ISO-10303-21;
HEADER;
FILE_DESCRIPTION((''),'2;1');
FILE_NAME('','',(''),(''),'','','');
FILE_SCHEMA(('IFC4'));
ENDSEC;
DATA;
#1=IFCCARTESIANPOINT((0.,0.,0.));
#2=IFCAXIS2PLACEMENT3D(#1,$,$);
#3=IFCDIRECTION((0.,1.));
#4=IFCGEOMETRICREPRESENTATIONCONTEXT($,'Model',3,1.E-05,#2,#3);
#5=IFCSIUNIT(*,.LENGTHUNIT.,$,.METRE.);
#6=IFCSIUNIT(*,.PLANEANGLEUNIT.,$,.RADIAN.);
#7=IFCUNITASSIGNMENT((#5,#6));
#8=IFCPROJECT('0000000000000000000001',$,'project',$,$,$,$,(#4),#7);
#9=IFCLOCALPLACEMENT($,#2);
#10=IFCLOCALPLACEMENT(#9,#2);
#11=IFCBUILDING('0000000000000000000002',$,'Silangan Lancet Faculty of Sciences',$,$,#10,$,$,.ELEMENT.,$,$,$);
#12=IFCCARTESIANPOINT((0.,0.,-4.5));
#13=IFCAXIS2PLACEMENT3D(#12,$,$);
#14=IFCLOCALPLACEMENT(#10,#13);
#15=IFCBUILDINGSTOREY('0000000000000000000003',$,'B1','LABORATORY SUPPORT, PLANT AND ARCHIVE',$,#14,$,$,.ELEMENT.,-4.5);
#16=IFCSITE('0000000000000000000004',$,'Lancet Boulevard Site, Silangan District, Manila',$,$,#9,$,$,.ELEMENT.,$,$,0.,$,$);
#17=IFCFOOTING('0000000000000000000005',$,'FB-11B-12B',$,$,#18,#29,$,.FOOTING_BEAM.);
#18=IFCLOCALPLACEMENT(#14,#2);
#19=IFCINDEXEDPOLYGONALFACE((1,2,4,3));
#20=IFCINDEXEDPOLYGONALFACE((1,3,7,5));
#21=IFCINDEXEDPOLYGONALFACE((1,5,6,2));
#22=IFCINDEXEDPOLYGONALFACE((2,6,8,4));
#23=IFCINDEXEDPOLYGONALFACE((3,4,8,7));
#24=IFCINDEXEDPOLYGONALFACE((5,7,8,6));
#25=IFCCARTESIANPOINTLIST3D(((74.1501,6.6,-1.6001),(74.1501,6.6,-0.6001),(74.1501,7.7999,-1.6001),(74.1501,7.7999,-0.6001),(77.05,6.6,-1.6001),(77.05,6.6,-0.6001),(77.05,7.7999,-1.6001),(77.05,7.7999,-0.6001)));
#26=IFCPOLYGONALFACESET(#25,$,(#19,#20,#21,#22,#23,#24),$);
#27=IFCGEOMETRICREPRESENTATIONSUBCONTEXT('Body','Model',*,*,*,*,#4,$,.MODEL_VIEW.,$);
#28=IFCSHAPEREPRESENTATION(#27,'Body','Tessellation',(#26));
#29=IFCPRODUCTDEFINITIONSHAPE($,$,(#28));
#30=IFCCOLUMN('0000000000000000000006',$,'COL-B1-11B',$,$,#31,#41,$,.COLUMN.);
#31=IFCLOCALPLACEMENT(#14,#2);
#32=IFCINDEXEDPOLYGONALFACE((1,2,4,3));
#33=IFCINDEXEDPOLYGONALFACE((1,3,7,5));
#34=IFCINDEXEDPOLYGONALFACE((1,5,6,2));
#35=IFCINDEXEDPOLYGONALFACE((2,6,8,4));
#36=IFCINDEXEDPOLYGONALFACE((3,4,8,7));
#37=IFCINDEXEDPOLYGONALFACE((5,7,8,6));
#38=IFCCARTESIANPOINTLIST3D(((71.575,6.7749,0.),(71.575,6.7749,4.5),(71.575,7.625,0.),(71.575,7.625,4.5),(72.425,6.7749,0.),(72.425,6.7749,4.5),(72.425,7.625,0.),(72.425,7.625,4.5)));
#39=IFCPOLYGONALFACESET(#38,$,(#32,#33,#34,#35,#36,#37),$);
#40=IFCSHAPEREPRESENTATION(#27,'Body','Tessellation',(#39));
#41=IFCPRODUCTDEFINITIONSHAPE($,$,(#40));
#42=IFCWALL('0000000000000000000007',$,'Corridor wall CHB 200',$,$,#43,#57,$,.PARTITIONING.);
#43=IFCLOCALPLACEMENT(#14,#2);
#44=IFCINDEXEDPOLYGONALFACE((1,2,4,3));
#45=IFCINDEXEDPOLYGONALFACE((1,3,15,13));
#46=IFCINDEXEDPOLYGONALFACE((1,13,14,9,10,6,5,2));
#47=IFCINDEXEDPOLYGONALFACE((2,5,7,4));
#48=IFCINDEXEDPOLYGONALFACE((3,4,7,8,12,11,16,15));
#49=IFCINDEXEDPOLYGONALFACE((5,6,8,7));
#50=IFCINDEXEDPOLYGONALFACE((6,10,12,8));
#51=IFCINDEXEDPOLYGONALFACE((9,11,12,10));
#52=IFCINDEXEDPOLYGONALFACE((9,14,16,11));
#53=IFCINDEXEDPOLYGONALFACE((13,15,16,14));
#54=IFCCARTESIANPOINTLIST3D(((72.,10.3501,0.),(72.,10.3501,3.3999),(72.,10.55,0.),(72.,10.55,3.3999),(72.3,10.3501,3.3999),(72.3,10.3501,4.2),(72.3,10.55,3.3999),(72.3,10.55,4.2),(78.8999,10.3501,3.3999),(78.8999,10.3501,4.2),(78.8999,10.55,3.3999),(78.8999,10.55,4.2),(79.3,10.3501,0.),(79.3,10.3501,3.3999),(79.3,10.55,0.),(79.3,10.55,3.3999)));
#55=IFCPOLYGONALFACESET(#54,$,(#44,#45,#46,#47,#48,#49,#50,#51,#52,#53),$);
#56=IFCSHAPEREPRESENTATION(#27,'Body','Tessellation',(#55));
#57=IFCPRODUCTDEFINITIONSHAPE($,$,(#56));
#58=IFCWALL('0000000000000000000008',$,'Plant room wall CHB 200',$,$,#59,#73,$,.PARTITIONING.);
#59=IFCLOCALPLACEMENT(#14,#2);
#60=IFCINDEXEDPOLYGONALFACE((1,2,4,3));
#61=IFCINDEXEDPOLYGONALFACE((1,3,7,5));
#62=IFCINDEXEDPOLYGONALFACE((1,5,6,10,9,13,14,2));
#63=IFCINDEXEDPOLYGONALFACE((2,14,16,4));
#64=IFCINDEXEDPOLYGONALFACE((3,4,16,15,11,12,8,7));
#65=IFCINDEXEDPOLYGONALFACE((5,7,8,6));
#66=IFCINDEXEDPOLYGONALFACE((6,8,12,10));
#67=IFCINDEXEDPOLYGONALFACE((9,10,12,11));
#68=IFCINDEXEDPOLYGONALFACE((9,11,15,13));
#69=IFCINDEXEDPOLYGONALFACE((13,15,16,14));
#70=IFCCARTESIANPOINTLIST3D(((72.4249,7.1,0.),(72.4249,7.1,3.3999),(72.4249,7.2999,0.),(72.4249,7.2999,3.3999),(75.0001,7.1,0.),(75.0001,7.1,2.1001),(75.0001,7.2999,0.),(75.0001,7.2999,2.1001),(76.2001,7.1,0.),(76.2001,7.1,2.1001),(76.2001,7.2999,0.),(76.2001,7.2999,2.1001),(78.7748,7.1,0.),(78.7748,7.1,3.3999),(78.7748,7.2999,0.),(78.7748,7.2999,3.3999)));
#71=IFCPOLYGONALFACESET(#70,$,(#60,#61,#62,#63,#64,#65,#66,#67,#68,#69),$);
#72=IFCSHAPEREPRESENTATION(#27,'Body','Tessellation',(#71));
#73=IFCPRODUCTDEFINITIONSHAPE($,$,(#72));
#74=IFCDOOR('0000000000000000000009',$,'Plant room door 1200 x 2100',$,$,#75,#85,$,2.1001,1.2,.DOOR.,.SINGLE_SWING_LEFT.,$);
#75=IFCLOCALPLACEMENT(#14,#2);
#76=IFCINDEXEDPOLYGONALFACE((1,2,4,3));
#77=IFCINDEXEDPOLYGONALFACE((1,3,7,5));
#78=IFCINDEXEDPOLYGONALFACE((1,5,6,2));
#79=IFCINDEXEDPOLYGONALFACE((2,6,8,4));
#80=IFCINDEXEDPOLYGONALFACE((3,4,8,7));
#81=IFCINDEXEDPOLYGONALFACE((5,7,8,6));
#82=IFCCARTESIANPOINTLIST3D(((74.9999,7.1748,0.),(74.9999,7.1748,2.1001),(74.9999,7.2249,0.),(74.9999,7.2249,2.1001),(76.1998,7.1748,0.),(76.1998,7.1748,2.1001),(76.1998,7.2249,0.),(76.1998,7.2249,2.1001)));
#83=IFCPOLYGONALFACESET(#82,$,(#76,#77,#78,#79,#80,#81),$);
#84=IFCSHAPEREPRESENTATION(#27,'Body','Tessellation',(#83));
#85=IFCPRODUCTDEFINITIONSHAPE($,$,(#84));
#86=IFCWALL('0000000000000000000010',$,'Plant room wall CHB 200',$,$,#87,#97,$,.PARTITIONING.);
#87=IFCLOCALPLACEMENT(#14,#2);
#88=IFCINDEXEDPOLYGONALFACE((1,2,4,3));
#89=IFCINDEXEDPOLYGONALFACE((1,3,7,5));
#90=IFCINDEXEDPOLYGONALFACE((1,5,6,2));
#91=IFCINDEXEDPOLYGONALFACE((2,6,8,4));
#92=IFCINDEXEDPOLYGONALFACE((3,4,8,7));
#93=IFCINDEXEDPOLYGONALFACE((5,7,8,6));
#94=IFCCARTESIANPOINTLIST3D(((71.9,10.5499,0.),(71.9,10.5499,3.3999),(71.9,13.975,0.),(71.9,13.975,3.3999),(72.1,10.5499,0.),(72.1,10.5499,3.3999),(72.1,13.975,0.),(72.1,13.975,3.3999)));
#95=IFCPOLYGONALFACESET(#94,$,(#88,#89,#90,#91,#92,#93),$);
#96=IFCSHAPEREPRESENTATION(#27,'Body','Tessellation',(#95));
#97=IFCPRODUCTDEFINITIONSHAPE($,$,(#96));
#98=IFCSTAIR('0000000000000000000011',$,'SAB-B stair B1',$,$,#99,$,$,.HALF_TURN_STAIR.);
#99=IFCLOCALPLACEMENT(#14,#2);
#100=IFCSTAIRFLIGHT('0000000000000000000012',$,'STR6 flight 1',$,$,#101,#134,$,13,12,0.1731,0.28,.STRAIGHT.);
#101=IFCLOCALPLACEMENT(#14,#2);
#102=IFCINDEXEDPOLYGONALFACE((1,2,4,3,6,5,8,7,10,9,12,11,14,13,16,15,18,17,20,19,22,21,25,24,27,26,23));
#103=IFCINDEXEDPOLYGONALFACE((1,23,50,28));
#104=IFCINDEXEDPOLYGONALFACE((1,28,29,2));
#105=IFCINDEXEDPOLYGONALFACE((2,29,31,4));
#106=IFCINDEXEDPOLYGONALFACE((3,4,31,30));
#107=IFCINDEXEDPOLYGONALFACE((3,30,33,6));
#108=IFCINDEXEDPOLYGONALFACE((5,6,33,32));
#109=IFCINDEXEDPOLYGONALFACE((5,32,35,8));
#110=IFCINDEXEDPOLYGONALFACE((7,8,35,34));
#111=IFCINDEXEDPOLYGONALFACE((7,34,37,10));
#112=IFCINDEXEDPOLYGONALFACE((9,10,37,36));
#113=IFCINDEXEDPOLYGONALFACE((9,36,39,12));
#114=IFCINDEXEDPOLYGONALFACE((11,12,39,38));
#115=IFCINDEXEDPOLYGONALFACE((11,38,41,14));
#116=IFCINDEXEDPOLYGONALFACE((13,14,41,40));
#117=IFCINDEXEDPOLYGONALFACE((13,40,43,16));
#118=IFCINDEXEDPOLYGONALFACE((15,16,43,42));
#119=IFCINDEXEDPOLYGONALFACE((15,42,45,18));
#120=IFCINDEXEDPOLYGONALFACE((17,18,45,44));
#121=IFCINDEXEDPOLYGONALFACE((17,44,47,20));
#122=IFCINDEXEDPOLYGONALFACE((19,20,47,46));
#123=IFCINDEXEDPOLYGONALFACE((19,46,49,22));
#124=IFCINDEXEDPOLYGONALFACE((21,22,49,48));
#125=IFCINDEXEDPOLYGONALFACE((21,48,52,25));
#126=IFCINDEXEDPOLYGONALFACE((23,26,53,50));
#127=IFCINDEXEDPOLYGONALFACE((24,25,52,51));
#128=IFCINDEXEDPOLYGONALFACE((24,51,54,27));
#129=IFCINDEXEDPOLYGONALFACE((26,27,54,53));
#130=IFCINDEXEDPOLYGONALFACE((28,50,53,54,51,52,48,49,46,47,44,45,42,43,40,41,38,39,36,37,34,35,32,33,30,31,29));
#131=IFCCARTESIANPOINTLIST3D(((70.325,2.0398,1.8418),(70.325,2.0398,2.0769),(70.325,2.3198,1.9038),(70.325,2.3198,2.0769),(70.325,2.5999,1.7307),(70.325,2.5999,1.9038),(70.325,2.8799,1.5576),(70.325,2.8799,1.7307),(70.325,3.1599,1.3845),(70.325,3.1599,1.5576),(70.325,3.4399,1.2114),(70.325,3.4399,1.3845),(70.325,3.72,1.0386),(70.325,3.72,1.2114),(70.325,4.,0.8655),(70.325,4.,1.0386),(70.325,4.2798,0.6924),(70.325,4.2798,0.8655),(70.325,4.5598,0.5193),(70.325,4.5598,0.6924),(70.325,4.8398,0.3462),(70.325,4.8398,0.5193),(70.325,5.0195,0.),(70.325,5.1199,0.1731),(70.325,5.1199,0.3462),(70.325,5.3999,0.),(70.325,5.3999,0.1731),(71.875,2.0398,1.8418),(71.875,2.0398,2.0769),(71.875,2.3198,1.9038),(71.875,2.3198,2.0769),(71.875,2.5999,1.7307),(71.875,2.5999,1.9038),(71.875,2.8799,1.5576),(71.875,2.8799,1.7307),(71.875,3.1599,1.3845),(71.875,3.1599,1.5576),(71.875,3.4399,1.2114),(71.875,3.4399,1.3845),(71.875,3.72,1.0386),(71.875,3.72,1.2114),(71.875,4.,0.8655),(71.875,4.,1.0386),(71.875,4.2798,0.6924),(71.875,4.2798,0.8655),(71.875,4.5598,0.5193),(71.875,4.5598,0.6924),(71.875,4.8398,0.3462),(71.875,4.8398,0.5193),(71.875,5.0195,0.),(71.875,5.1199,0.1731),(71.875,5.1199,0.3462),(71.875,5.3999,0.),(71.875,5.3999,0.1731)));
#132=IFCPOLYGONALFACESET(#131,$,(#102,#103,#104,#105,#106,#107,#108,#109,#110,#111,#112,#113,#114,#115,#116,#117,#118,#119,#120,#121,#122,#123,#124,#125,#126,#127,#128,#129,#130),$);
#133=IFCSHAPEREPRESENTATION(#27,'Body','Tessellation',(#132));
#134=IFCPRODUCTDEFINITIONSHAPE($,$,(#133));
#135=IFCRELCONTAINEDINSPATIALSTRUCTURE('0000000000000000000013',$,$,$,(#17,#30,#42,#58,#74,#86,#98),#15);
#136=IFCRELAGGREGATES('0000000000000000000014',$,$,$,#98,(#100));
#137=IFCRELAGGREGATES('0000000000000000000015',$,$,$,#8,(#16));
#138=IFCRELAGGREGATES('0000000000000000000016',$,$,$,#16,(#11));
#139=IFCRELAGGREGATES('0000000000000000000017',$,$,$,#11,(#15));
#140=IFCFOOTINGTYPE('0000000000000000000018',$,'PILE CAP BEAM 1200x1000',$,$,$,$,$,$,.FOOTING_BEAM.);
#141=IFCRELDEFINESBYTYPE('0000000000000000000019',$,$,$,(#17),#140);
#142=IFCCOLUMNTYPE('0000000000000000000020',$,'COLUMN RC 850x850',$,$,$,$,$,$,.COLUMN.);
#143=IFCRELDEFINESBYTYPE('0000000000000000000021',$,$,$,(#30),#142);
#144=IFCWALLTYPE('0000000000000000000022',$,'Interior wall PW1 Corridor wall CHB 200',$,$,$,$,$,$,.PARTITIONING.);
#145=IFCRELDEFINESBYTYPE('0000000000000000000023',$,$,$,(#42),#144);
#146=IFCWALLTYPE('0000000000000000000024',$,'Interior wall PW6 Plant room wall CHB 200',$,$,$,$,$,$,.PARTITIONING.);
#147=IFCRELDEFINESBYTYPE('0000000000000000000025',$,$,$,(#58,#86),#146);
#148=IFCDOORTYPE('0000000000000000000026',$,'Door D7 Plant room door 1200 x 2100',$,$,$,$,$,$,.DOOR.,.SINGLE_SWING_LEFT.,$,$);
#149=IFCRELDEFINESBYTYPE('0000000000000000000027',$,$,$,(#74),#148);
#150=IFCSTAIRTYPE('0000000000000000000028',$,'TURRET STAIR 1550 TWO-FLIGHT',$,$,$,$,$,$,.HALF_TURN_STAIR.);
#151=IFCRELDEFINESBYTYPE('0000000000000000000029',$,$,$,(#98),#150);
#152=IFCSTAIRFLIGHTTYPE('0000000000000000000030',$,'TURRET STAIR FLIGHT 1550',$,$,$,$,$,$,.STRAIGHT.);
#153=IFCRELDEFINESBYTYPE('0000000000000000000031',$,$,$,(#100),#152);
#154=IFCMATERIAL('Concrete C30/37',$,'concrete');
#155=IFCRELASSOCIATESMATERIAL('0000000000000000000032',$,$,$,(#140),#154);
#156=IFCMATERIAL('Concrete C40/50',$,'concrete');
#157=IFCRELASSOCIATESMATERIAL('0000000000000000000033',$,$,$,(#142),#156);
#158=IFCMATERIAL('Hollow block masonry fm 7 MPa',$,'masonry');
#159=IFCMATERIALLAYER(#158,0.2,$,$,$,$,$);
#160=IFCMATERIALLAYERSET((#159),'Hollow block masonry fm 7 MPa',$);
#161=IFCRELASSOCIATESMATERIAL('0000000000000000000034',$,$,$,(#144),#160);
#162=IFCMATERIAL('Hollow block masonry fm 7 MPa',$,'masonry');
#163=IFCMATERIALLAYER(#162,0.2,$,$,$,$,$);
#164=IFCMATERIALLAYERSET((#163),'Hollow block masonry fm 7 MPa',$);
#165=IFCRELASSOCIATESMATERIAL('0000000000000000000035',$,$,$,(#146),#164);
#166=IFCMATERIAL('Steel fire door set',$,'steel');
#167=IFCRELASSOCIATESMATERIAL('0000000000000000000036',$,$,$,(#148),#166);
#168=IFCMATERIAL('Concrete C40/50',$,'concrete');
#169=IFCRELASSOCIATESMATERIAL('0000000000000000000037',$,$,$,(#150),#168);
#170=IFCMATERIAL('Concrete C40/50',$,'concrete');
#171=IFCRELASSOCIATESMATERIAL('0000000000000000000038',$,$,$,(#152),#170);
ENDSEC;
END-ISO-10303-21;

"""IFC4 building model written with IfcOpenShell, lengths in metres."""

from ifc_helpers import new_model, si_unit, direction, frame, frame_2d, origin, origin_2d, place, context, subcontext, project, spatial, polyline, rectangle, outline, extrude, material, layer, layer_set, material_profile, profile_set, type_object, element, fill, aggregate, save


model = new_model("IFC4")

# Units and contexts
model_context = context("Model", 3, precision=1e-05, world=origin(), true_north=direction((0.0, 1.0)))
body_context = subcontext(model_context, "Body", "Model", "MODEL_VIEW")
ifc_project = project(units=[si_unit("LENGTHUNIT", "METRE"), si_unit("PLANEANGLEUNIT", "RADIAN")], contexts=[model_context])

# Site, building, storey
site_placement = place(None, origin())
site = spatial("IfcSite", under=ifc_project, at=site_placement, Name="Lancet Boulevard Site, Silangan District, Manila", CompositionType="ELEMENT", RefElevation=0.0)
building_placement = place(site_placement, origin())
building = spatial("IfcBuilding", under=site, at=building_placement, Name="Silangan Lancet Faculty of Sciences", CompositionType="ELEMENT")
storey_placement = place(building_placement, frame((0.0, 0.0, -4.5)))
storey = spatial("IfcBuildingStorey", under=building, at=storey_placement, Name="B1", Description="LABORATORY SUPPORT, PLANT AND ARCHIVE", CompositionType="ELEMENT", Elevation=-4.5)

# Footing
ifc_material_1 = material(Name="Concrete C30/37", Category="concrete")
footing_type_1 = type_object("IfcFootingType", Name="PILE CAP BEAM 1200x1000", PredefinedType="FOOTING_BEAM", material=ifc_material_1)
for number, where, z_axis, x_axis, name in (
    (1, (75.6001, 7.2, -1.6001), (0.0, 0.0, 1.0), (1.0, 0.0, 0.0), "FB-11B-12B"),
):
    element("IfcFooting", number, at=place(storey_placement, frame(where, z_axis=z_axis, x_axis=x_axis)), inside=storey, type_object=footing_type_1, Name=name, PredefinedType="FOOTING_BEAM", context=body_context, shape_type="SweptSolid", body=[
        extrude(rectangle(XDim=2.8999, YDim=1.2, at=origin_2d()), origin(), (0.0, 0.0, 1.0), 1.0),
    ])

# Column
ifc_material_2 = material(Name="Concrete C40/50", Category="concrete")
ifc_material_profile_1 = material_profile(ifc_material_2, rectangle(XDim=0.8501, YDim=0.8501, at=origin_2d()), Name="RC 850x850")
ifc_profile_set_1 = profile_set([ifc_material_profile_1], Name="Concrete C40/50")
column_type = type_object("IfcColumnType", Name="COLUMN RC 850x850", PredefinedType="COLUMN", material=ifc_profile_set_1)
column_placement = place(storey_placement, frame((72.0, 7.2, 0.0), z_axis=(0.0, 0.0, 1.0), x_axis=(1.0, 0.0, 0.0)))
element("IfcColumn", 2, at=column_placement, inside=storey, type_object=column_type, Name="COL-B1-11B", PredefinedType="COLUMN", context=body_context, shape_type="SweptSolid", body=[
    extrude(rectangle(XDim=0.8501, YDim=0.8501, at=origin_2d()), origin(), (0.0, 0.0, 1.0), 4.5),
])

# Wall
ifc_material_3 = material(Name="Hollow block masonry fm 7 MPa", Category="masonry")
ifc_layer_1 = layer(ifc_material_3, 0.2)
ifc_layer_set_1 = layer_set([ifc_layer_1], Name="Hollow block masonry fm 7 MPa")
wall_type_1 = type_object("IfcWallType", Name="Interior wall PW1 Corridor wall CHB 200", PredefinedType="PARTITIONING", material=ifc_layer_set_1)
wall_1_placement = place(storey_placement, frame((72.0, 10.45, 0.0), z_axis=(0.0, 0.0, 1.0), x_axis=(1.0, 0.0, 0.0)))
element("IfcWall", 3, at=wall_1_placement, inside=storey, type_object=wall_type_1, Name="Corridor wall CHB 200", PredefinedType="PARTITIONING", context=body_context, shape_type="SweptSolid", body=[
    extrude(outline(polyline([(0.0, 0.0), (7.3, 0.0), (7.3, 3.3999), (6.8999, 3.3999), (6.8999, 4.2), (0.3, 4.2), (0.3, 3.3999), (0.0, 3.3999), (0.0, 0.0)])), frame((0.0, 0.1001, 0.0), z_axis=(0.0, -1.0, 0.0), x_axis=(1.0, 0.0, 0.0)), (0.0, 0.0, 1.0), 0.2),
])

# Wall, opening, door
ifc_material_4 = material(Name="Hollow block masonry fm 7 MPa", Category="masonry")
ifc_layer_2 = layer(ifc_material_4, 0.2)
ifc_layer_set_2 = layer_set([ifc_layer_2], Name="Hollow block masonry fm 7 MPa")
wall_type_2 = type_object("IfcWallType", Name="Interior wall PW6 Plant room wall CHB 200", PredefinedType="PARTITIONING", material=ifc_layer_set_2)
wall_2_placement = place(storey_placement, frame((72.425, 7.2, 0.0), z_axis=(0.0, 0.0, 1.0), x_axis=(1.0, 0.0, 0.0)))
wall_2 = element("IfcWall", 4, at=wall_2_placement, inside=storey, type_object=wall_type_2, Name="Plant room wall CHB 200", PredefinedType="PARTITIONING", context=body_context, shape_type="SweptSolid", body=[
    extrude(rectangle(XDim=6.3499, YDim=0.2, at=frame_2d((3.1748, 0.0))), origin(), (0.0, 0.0, 1.0), 3.3999),
])
opening_placement = place(wall_2_placement, frame((2.575, 0.0, 0.0)))
opening = element("IfcOpeningElement", 5, at=opening_placement, cuts=wall_2, PredefinedType="OPENING", context=body_context, shape_type="SweptSolid", body=[
    extrude(rectangle(XDim=1.2, YDim=2.1001, at=frame_2d((0.6001, 1.05))), frame((0.0, 0.1099, 0.0), z_axis=(0.0, -1.0, 0.0), x_axis=(1.0, 0.0, 0.0)), (0.0, 0.0, 1.0), 0.22),
])
ifc_material_5 = material(Name="Steel fire door set", Category="steel")
door_type = type_object("IfcDoorType", Name="Door D7 Plant room door 1200 x 2100", OperationType="SINGLE_SWING_LEFT", PredefinedType="DOOR", material=ifc_material_5)
door_placement = place(opening_placement, frame((1.2, 0.0, 0.0), z_axis=(0.0, 0.0, 1.0), x_axis=(-1.0, 0.0, 0.0)))
door = element("IfcDoor", 6, at=door_placement, inside=storey, type_object=door_type, Name="Plant room door 1200 x 2100", OperationType="SINGLE_SWING_LEFT", OverallHeight=2.1001, OverallWidth=1.2, PredefinedType="DOOR", context=body_context, shape_type="SweptSolid", body=[
    extrude(rectangle(XDim=1.2, YDim=2.1001, at=frame_2d((0.6001, 1.05))), frame((0.0, 0.0251, 0.0), z_axis=(0.0, -1.0, 0.0), x_axis=(1.0, 0.0, 0.0)), (0.0, 0.0, 1.0), 0.05),
])
fill(opening, door)

# Wall
wall_3_placement = place(storey_placement, frame((72.0, 10.55, 0.0), z_axis=(0.0, 0.0, 1.0), x_axis=(0.0, 1.0, 0.0)))
element("IfcWall", 7, at=wall_3_placement, inside=storey, type_object=wall_type_2, Name="Plant room wall CHB 200", PredefinedType="PARTITIONING", context=body_context, shape_type="SweptSolid", body=[
    extrude(rectangle(XDim=3.425, YDim=0.2, at=frame_2d((1.7124, 0.0))), origin(), (0.0, 0.0, 1.0), 3.3999),
])

# Stair, stair flight
ifc_material_6 = material(Name="Concrete C40/50", Category="concrete")
stair_type = type_object("IfcStairType", Name="TURRET STAIR 1550 TWO-FLIGHT", PredefinedType="HALF_TURN_STAIR", material=ifc_material_6)
stair_placement = place(storey_placement, origin())
stair = element("IfcStair", 8, at=stair_placement, inside=storey, type_object=stair_type, Name="SAB-B stair B1", PredefinedType="HALF_TURN_STAIR")
ifc_material_7 = material(Name="Concrete C40/50", Category="concrete")
stair_flight_type = type_object("IfcStairFlightType", Name="TURRET STAIR FLIGHT 1550", PredefinedType="STRAIGHT", material=ifc_material_7)
stair_flight_placement = place(storey_placement, frame((71.1001, 5.3999, 0.0), z_axis=(0.0, 0.0, 1.0), x_axis=(0.0, -1.0, 0.0)))
stair_flight = element("IfcStairFlight", 9, at=stair_flight_placement, type_object=stair_flight_type, Name="STR6 flight 1", NumberOfRisers=13, NumberOfTreads=12, PredefinedType="STRAIGHT", RiserHeight=0.1731, TreadLength=0.28, context=body_context, shape_type="SweptSolid", body=[
    extrude(outline(polyline([(0.0, 0.0), (0.0, 0.1731), (0.28, 0.1731), (0.28, 0.3462), (0.5601, 0.3462), (0.5601, 0.5193), (0.8401, 0.5193), (0.8401, 0.6924), (1.1201, 0.6924), (1.1201, 0.8655), (1.3999, 0.8655), (1.3999, 1.0386), (1.6799, 1.0386), (1.6799, 1.2114), (1.96, 1.2114), (1.96, 1.3845), (2.24, 1.3845), (2.24, 1.5576), (2.52, 1.5576), (2.52, 1.7307), (2.8, 1.7307), (2.8, 1.9038), (3.0801, 1.9038), (3.0801, 2.0769), (3.3601, 2.0769), (3.3601, 2.25), (3.3601, 1.8418), (0.3804, 0.0), (0.0, 0.0)])), frame((0.0, 0.7749, 0.0), z_axis=(0.0, -1.0, 0.0), x_axis=(1.0, 0.0, 0.0)), (0.0, 0.0, 1.0), 1.55),
])
aggregate(stair, [stair_flight])

save(model, "model.ifc")
